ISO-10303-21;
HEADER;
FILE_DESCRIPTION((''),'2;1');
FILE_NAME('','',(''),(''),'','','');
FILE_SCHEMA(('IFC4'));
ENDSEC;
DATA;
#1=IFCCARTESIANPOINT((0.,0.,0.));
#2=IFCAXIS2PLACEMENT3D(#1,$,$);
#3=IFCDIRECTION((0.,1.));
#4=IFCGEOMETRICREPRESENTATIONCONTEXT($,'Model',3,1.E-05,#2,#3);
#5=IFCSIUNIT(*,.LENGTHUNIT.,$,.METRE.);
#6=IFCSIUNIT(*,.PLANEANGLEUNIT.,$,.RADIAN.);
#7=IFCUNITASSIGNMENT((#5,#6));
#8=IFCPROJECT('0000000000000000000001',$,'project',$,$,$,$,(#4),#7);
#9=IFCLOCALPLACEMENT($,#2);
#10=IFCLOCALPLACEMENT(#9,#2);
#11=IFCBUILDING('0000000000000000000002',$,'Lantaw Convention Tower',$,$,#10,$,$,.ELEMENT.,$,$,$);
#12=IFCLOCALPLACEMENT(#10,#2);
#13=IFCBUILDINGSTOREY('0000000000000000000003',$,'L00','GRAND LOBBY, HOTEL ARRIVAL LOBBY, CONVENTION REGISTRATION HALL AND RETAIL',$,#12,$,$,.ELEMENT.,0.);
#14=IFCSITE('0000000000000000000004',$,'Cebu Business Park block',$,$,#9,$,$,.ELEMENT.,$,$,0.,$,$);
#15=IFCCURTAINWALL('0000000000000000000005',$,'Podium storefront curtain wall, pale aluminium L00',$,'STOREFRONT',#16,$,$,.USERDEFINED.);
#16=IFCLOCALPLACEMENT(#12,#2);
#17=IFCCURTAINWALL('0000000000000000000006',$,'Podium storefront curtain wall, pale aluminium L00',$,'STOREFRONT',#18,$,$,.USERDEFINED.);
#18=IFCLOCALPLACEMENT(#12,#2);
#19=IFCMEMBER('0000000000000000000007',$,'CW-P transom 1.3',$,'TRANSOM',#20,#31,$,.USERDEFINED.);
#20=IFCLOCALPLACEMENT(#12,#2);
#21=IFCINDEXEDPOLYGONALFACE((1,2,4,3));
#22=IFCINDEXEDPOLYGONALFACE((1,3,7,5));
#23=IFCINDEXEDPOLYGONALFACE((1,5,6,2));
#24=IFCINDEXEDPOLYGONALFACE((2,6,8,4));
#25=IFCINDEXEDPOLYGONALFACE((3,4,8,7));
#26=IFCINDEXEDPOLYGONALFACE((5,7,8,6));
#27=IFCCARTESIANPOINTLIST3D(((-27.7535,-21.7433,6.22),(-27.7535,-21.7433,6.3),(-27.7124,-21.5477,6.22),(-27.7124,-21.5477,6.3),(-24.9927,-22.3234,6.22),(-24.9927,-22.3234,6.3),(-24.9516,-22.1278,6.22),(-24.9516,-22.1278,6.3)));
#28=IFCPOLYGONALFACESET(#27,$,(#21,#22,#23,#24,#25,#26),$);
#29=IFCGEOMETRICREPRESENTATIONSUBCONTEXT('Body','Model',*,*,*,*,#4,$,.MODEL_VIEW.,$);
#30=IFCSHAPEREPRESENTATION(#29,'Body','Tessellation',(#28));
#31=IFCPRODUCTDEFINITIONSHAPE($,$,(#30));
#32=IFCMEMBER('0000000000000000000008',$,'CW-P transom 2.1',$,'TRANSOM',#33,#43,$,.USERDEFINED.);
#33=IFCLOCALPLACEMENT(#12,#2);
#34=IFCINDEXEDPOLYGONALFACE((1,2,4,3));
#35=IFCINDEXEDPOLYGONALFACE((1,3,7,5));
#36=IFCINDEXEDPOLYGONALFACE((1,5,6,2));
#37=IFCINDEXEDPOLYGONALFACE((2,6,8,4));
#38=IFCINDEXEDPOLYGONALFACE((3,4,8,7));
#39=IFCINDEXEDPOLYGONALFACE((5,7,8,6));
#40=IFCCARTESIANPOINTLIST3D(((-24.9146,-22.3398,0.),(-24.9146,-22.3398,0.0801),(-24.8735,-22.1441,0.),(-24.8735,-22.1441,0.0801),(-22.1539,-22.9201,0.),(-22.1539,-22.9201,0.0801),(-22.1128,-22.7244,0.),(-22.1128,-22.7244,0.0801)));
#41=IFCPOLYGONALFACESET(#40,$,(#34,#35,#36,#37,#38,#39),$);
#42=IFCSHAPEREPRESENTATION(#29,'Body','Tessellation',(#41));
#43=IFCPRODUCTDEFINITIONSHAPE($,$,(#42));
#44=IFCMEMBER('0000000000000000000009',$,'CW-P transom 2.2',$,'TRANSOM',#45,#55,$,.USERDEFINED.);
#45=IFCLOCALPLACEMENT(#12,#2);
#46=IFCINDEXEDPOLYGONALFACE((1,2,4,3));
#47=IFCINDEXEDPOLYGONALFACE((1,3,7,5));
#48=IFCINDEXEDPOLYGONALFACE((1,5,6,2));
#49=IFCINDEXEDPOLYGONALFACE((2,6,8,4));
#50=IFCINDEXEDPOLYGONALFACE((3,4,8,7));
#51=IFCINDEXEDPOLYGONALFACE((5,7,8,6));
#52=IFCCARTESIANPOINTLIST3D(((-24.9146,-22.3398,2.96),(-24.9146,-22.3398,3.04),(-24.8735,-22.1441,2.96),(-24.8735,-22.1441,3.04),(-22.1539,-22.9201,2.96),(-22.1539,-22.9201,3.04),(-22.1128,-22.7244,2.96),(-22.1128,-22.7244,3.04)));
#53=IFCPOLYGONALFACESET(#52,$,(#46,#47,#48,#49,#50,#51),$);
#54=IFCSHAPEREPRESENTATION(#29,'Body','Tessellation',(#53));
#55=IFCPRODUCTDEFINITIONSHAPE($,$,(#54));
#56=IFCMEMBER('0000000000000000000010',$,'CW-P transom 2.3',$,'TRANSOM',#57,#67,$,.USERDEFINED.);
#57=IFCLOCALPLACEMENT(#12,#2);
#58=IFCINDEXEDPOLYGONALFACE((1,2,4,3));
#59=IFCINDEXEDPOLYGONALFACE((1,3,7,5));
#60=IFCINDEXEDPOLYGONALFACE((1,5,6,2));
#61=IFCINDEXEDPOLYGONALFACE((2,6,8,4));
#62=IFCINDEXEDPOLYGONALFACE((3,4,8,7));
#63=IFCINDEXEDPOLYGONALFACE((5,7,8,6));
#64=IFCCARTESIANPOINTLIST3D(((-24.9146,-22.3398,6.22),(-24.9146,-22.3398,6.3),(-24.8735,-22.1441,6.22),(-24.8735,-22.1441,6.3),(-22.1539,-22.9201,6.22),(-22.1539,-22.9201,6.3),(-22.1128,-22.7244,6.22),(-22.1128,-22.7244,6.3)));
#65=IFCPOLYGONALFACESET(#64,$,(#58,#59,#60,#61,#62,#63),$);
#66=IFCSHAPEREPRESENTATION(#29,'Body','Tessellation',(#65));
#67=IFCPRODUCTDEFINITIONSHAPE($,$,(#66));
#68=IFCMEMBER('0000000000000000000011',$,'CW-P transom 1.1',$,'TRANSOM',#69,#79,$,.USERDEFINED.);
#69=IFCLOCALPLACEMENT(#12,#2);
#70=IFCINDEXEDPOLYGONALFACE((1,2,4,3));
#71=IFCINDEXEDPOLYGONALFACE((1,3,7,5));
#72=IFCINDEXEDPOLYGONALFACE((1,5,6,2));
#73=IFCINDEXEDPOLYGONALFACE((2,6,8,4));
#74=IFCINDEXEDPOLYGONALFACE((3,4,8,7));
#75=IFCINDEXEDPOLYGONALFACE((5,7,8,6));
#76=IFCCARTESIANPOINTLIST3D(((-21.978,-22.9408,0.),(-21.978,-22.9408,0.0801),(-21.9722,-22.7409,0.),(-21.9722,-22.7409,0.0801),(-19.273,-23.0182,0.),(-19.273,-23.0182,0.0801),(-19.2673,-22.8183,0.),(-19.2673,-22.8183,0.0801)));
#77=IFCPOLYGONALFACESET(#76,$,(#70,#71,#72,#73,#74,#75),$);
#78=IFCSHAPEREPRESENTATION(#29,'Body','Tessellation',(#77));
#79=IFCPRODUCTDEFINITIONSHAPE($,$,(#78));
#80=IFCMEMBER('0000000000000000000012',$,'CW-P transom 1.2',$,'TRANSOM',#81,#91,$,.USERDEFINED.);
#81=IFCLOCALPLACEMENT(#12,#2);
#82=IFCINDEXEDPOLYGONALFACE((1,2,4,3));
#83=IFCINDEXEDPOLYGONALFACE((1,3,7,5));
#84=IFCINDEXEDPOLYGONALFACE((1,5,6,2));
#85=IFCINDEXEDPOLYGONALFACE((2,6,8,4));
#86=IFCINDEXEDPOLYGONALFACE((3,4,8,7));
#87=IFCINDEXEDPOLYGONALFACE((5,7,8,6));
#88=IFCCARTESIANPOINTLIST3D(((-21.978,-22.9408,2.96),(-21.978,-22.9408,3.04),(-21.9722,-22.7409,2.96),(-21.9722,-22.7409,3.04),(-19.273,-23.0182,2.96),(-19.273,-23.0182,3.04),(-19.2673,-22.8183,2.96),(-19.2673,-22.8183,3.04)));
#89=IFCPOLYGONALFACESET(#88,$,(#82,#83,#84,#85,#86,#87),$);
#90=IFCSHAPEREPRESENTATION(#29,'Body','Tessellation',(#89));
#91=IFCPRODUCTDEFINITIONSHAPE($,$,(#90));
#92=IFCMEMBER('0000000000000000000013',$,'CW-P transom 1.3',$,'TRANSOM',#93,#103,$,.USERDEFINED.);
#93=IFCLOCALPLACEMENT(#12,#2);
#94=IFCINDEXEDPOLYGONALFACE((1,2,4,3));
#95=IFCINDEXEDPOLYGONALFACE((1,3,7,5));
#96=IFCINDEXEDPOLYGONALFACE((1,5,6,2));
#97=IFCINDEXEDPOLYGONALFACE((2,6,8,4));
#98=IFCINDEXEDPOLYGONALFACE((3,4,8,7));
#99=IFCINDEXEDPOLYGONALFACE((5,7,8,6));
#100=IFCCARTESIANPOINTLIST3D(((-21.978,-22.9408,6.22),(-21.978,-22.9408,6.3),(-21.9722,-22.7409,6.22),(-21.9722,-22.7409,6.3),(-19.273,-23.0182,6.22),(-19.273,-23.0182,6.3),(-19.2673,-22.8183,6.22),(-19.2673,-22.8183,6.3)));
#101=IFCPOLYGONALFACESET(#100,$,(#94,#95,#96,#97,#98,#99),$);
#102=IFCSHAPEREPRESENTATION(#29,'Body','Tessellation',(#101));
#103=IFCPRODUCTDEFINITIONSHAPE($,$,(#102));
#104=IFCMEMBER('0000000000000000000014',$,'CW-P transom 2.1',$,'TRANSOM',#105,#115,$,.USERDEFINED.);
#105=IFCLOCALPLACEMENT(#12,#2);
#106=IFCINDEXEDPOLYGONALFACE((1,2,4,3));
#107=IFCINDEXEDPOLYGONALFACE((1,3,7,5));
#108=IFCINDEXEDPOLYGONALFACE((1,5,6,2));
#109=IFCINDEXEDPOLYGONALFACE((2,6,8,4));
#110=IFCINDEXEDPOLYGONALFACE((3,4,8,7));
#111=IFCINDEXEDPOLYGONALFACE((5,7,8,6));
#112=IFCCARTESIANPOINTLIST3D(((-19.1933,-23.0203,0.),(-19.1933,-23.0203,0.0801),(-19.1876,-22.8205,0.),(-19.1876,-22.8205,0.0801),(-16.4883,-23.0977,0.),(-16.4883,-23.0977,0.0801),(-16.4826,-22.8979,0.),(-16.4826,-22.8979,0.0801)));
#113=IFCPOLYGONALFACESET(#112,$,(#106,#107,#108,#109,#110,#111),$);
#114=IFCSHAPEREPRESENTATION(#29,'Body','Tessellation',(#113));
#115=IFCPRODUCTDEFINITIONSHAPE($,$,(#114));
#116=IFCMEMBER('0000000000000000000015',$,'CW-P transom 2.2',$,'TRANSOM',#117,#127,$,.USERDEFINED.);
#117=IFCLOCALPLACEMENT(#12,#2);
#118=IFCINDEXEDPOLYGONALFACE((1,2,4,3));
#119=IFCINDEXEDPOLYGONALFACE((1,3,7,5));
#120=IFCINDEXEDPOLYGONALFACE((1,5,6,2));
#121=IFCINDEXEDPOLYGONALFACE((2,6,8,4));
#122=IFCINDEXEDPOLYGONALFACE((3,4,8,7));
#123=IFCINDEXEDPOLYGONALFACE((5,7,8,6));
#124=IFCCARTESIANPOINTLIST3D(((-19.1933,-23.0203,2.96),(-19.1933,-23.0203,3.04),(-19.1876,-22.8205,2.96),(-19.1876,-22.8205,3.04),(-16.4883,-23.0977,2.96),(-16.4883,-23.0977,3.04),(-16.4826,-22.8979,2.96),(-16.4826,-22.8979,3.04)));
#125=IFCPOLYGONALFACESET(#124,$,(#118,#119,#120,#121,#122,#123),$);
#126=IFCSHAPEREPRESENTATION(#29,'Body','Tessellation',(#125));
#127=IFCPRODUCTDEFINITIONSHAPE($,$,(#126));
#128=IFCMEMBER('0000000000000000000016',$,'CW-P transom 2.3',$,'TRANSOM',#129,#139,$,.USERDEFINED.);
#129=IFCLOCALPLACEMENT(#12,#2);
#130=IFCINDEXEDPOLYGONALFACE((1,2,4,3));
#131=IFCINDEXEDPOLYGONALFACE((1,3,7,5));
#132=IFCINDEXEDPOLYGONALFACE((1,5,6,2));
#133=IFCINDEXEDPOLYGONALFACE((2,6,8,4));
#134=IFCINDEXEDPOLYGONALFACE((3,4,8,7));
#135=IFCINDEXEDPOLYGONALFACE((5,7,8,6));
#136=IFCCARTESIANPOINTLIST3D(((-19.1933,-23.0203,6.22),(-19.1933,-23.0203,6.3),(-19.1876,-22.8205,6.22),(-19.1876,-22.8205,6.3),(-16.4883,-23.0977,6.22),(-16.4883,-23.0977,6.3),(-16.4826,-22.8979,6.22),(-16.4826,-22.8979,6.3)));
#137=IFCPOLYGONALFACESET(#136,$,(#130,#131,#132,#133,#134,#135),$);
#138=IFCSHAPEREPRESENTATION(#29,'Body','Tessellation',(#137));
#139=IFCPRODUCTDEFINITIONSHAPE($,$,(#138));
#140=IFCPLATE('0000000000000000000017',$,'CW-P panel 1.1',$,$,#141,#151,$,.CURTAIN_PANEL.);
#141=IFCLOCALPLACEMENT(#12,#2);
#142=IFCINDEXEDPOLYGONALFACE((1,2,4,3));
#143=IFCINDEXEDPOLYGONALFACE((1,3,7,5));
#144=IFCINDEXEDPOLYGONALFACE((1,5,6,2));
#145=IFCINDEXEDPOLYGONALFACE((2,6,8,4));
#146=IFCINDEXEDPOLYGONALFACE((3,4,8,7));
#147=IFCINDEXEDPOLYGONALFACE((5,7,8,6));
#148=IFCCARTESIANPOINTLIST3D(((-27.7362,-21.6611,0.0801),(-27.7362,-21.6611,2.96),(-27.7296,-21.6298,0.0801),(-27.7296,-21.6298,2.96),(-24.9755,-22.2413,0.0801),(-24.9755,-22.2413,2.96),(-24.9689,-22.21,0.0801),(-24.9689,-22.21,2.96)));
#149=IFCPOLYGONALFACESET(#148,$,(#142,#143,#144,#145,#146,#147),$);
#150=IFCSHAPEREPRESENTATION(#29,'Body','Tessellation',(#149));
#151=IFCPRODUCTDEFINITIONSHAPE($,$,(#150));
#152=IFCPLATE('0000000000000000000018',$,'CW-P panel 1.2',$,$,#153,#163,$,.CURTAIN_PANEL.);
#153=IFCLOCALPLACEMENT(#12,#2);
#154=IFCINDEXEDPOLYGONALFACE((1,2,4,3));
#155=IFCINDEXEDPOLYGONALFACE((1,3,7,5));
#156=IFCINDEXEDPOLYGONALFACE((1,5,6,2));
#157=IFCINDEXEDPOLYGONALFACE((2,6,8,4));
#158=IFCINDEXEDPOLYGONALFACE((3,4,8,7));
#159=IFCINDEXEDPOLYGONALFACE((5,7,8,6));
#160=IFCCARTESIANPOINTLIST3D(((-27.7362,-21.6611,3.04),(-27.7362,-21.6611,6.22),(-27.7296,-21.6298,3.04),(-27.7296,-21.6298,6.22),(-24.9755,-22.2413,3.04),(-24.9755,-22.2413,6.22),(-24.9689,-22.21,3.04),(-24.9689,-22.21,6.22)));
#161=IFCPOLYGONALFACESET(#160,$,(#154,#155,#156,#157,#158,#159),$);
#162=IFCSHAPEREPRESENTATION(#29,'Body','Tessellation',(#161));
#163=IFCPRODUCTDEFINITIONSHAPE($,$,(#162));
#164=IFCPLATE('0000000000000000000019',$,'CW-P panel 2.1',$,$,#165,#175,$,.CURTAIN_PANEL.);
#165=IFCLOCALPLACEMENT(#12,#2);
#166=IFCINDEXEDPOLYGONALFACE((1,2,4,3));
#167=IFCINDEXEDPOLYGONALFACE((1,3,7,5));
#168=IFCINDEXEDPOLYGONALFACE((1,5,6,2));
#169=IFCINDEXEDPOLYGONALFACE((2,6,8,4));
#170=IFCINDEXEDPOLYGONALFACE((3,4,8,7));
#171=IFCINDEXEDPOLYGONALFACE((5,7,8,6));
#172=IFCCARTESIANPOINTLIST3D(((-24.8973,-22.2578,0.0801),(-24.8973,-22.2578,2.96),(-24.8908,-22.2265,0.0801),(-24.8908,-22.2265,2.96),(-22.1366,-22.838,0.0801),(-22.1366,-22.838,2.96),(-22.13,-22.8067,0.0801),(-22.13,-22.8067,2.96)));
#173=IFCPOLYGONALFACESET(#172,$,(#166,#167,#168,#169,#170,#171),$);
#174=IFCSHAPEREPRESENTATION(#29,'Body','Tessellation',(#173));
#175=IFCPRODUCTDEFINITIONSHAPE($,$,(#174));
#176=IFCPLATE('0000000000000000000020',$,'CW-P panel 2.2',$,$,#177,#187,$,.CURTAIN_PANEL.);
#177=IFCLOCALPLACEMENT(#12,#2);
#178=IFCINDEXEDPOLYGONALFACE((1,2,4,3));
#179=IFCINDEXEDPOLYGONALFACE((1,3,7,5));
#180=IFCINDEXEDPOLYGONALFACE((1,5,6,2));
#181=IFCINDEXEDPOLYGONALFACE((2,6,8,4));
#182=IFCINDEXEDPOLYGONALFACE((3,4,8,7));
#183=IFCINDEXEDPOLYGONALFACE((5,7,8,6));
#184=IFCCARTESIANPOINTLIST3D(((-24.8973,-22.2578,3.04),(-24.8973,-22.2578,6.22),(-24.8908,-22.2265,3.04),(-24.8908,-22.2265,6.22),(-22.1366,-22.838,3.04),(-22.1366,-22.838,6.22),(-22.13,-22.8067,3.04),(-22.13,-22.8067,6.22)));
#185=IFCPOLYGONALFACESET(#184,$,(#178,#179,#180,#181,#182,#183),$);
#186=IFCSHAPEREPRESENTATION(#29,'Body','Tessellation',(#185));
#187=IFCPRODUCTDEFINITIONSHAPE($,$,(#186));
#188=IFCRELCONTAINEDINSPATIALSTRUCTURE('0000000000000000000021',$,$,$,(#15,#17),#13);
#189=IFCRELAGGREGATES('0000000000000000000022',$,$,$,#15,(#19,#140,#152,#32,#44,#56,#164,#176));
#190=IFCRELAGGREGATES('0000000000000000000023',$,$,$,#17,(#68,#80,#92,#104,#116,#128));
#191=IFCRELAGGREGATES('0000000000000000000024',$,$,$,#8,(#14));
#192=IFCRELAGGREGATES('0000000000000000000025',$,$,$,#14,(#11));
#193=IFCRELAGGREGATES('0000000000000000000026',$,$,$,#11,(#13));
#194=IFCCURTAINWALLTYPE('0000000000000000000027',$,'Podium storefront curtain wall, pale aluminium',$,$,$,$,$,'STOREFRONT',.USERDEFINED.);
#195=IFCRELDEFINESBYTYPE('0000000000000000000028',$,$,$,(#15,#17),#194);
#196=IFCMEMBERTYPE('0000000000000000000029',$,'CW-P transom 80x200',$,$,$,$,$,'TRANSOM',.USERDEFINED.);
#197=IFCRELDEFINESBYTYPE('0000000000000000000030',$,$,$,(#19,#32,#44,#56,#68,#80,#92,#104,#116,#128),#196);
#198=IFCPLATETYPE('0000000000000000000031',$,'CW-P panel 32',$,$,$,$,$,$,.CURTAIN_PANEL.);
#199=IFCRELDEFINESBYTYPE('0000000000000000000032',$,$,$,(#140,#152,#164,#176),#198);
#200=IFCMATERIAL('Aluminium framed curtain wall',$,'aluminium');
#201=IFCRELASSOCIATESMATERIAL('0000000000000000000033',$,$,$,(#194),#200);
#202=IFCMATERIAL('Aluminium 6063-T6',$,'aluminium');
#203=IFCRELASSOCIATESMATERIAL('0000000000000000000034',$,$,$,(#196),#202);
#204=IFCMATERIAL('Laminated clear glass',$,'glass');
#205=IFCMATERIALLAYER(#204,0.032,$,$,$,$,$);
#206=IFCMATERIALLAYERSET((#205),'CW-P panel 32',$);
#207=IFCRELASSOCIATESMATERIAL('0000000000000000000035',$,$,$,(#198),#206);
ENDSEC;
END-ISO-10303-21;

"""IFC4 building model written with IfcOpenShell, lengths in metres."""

from ifc_helpers import new_model, si_unit, direction, frame, origin, origin_2d, place, context, subcontext, project, spatial, rectangle, extrude, material, layer, layer_set, material_profile, profile_set, type_object, element, aggregate, save


model = new_model("IFC4")

# Units and contexts
model_context = context("Model", 3, precision=1e-05, world=origin(), true_north=direction((0.0, 1.0)))
body_context = subcontext(model_context, "Body", "Model", "MODEL_VIEW")
ifc_project = project(units=[si_unit("LENGTHUNIT", "METRE"), si_unit("PLANEANGLEUNIT", "RADIAN")], contexts=[model_context])

# Site, building, storey
site_placement = place(None, origin())
site = spatial("IfcSite", under=ifc_project, at=site_placement, Name="Cebu Business Park block", CompositionType="ELEMENT", RefElevation=0.0)
building_placement = place(site_placement, origin())
building = spatial("IfcBuilding", under=site, at=building_placement, Name="Lantaw Convention Tower", CompositionType="ELEMENT")
storey_placement = place(building_placement, origin())
storey = spatial("IfcBuildingStorey", under=building, at=storey_placement, Name="L00", Description="GRAND LOBBY, HOTEL ARRIVAL LOBBY, CONVENTION REGISTRATION HALL AND RETAIL", CompositionType="ELEMENT", Elevation=0.0)

# Shared definitions
ifc_material_1 = material(Name="Aluminium framed curtain wall", Category="aluminium")
curtain_wall_type = type_object("IfcCurtainWallType", Name="Podium storefront curtain wall, pale aluminium", ElementType="STOREFRONT", PredefinedType="USERDEFINED", material=ifc_material_1)
ifc_material_2 = material(Name="Aluminium 6063-T6", Category="aluminium")

# Curtain walls
curtain_wall_1_placement = place(storey_placement, origin())
curtain_wall_1 = element("IfcCurtainWall", 1, at=curtain_wall_1_placement, inside=storey, type_object=curtain_wall_type, Name="Podium storefront curtain wall, pale aluminium L00", ObjectType="STOREFRONT", PredefinedType="USERDEFINED")
curtain_wall_2_placement = place(storey_placement, origin())
curtain_wall_2 = element("IfcCurtainWall", 2, at=curtain_wall_2_placement, inside=storey, type_object=curtain_wall_type, Name="Podium storefront curtain wall, pale aluminium L00", ObjectType="STOREFRONT", PredefinedType="USERDEFINED")

# Members
ifc_material_profile_1 = material_profile(ifc_material_2, rectangle(XDim=0.2, YDim=0.0801, at=origin_2d()), Name="CW-P transom 80x200")
ifc_profile_set_1 = profile_set([ifc_material_profile_1], Name="Aluminium 6063-T6")
member_type_1 = type_object("IfcMemberType", Name="CW-P transom 80x200", ElementType="TRANSOM", PredefinedType="USERDEFINED", material=ifc_profile_set_1)
member_1_placement = place(storey_placement, frame((-27.7329, -21.6455, 6.26), z_axis=(0.978631, -0.205627, 0.0), x_axis=(0.205627, 0.978631, 0.0)))
member_1 = element("IfcMember", 3, at=member_1_placement, type_object=member_type_1, Name="CW-P transom 1.3", ObjectType="TRANSOM", PredefinedType="USERDEFINED", context=body_context, shape_type="SweptSolid", body=[
    extrude(rectangle(XDim=0.2, YDim=0.0801, at=origin_2d()), origin(), (0.0, 0.0, 1.0), 2.821),
])
member_2_placement = place(storey_placement, frame((-24.894, -22.2419, 0.04), z_axis=(0.978613, -0.20571, 0.0), x_axis=(0.20571, 0.978613, 0.0)))
member_2 = element("IfcMember", 4, at=member_2_placement, type_object=member_type_1, Name="CW-P transom 2.1", ObjectType="TRANSOM", PredefinedType="USERDEFINED", context=body_context, shape_type="SweptSolid", body=[
    extrude(rectangle(XDim=0.2, YDim=0.0801, at=origin_2d()), origin(), (0.0, 0.0, 1.0), 2.821),
])
member_3_placement = place(storey_placement, frame((-24.894, -22.2419, 3.0), z_axis=(0.978613, -0.20571, 0.0), x_axis=(0.20571, 0.978613, 0.0)))
member_3 = element("IfcMember", 5, at=member_3_placement, type_object=member_type_1, Name="CW-P transom 2.2", ObjectType="TRANSOM", PredefinedType="USERDEFINED", context=body_context, shape_type="SweptSolid", body=[
    extrude(rectangle(XDim=0.2, YDim=0.0801, at=origin_2d()), origin(), (0.0, 0.0, 1.0), 2.821),
])
member_4_placement = place(storey_placement, frame((-24.894, -22.2419, 6.26), z_axis=(0.978613, -0.20571, 0.0), x_axis=(0.20571, 0.978613, 0.0)))
member_4 = element("IfcMember", 6, at=member_4_placement, type_object=member_type_1, Name="CW-P transom 2.3", ObjectType="TRANSOM", PredefinedType="USERDEFINED", context=body_context, shape_type="SweptSolid", body=[
    extrude(rectangle(XDim=0.2, YDim=0.0801, at=origin_2d()), origin(), (0.0, 0.0, 1.0), 2.821),
])
member_5_placement = place(storey_placement, frame((-21.9751, -22.8408, 0.04), z_axis=(0.999591, -0.028601, 0.0), x_axis=(0.028601, 0.999591, 0.0)))
member_5 = element("IfcMember", 7, at=member_5_placement, type_object=member_type_1, Name="CW-P transom 1.1", ObjectType="TRANSOM", PredefinedType="USERDEFINED", context=body_context, shape_type="SweptSolid", body=[
    extrude(rectangle(XDim=0.2, YDim=0.0801, at=origin_2d()), origin(), (0.0, 0.0, 1.0), 2.7061),
])
member_6_placement = place(storey_placement, frame((-21.9751, -22.8408, 3.0), z_axis=(0.999591, -0.028601, 0.0), x_axis=(0.028601, 0.999591, 0.0)))
member_6 = element("IfcMember", 8, at=member_6_placement, type_object=member_type_1, Name="CW-P transom 1.2", ObjectType="TRANSOM", PredefinedType="USERDEFINED", context=body_context, shape_type="SweptSolid", body=[
    extrude(rectangle(XDim=0.2, YDim=0.0801, at=origin_2d()), origin(), (0.0, 0.0, 1.0), 2.7061),
])
member_7_placement = place(storey_placement, frame((-21.9751, -22.8408, 6.26), z_axis=(0.999591, -0.028601, 0.0), x_axis=(0.028601, 0.999591, 0.0)))
member_7 = element("IfcMember", 9, at=member_7_placement, type_object=member_type_1, Name="CW-P transom 1.3", ObjectType="TRANSOM", PredefinedType="USERDEFINED", context=body_context, shape_type="SweptSolid", body=[
    extrude(rectangle(XDim=0.2, YDim=0.0801, at=origin_2d()), origin(), (0.0, 0.0, 1.0), 2.7061),
])
member_8_placement = place(storey_placement, frame((-19.1904, -22.9204, 0.04), z_axis=(0.999591, -0.028601, 0.0), x_axis=(0.028601, 0.999591, 0.0)))
member_8 = element("IfcMember", 10, at=member_8_placement, type_object=member_type_1, Name="CW-P transom 2.1", ObjectType="TRANSOM", PredefinedType="USERDEFINED", context=body_context, shape_type="SweptSolid", body=[
    extrude(rectangle(XDim=0.2, YDim=0.0801, at=origin_2d()), origin(), (0.0, 0.0, 1.0), 2.7061),
])
member_9_placement = place(storey_placement, frame((-19.1904, -22.9204, 3.0), z_axis=(0.999591, -0.028601, 0.0), x_axis=(0.028601, 0.999591, 0.0)))
member_9 = element("IfcMember", 11, at=member_9_placement, type_object=member_type_1, Name="CW-P transom 2.2", ObjectType="TRANSOM", PredefinedType="USERDEFINED", context=body_context, shape_type="SweptSolid", body=[
    extrude(rectangle(XDim=0.2, YDim=0.0801, at=origin_2d()), origin(), (0.0, 0.0, 1.0), 2.7061),
])
member_10_placement = place(storey_placement, frame((-19.1904, -22.9204, 6.26), z_axis=(0.999591, -0.028601, 0.0), x_axis=(0.028601, 0.999591, 0.0)))
member_10 = element("IfcMember", 12, at=member_10_placement, type_object=member_type_1, Name="CW-P transom 2.3", ObjectType="TRANSOM", PredefinedType="USERDEFINED", context=body_context, shape_type="SweptSolid", body=[
    extrude(rectangle(XDim=0.2, YDim=0.0801, at=origin_2d()), origin(), (0.0, 0.0, 1.0), 2.7061),
])

# Plates
ifc_material_3 = material(Name="Laminated clear glass", Category="glass")
ifc_layer = layer(ifc_material_3, 0.032)
ifc_layer_set = layer_set([ifc_layer], Name="CW-P panel 32")
plate_type = type_object("IfcPlateType", Name="CW-P panel 32", PredefinedType="CURTAIN_PANEL", material=ifc_layer_set)
plate_1_placement = place(storey_placement, frame((-26.3525, -21.9355, 0.0801), z_axis=(0.0, 0.0, 1.0), x_axis=(0.978626, -0.20565, 0.0)))
plate_1 = element("IfcPlate", 13, at=plate_1_placement, type_object=plate_type, Name="CW-P panel 1.1", PredefinedType="CURTAIN_PANEL", context=body_context, shape_type="SweptSolid", body=[
    extrude(rectangle(XDim=2.821, YDim=0.032, at=origin_2d()), origin(), (0.0, 0.0, 1.0), 2.8799),
])
plate_2_placement = place(storey_placement, frame((-26.3525, -21.9355, 3.04), z_axis=(0.0, 0.0, 1.0), x_axis=(0.978626, -0.20565, 0.0)))
plate_2 = element("IfcPlate", 14, at=plate_2_placement, type_object=plate_type, Name="CW-P panel 1.2", PredefinedType="CURTAIN_PANEL", context=body_context, shape_type="SweptSolid", body=[
    extrude(rectangle(XDim=2.821, YDim=0.032, at=origin_2d()), origin(), (0.0, 0.0, 1.0), 3.1799),
])
plate_3_placement = place(storey_placement, frame((-23.5137, -22.5322, 0.0801), z_axis=(0.0, 0.0, 1.0), x_axis=(0.978626, -0.20565, 0.0)))
plate_3 = element("IfcPlate", 15, at=plate_3_placement, type_object=plate_type, Name="CW-P panel 2.1", PredefinedType="CURTAIN_PANEL", context=body_context, shape_type="SweptSolid", body=[
    extrude(rectangle(XDim=2.821, YDim=0.032, at=origin_2d()), origin(), (0.0, 0.0, 1.0), 2.8799),
])
plate_4_placement = place(storey_placement, frame((-23.5137, -22.5322, 3.04), z_axis=(0.0, 0.0, 1.0), x_axis=(0.978626, -0.20565, 0.0)))
plate_4 = element("IfcPlate", 16, at=plate_4_placement, type_object=plate_type, Name="CW-P panel 2.2", PredefinedType="CURTAIN_PANEL", context=body_context, shape_type="SweptSolid", body=[
    extrude(rectangle(XDim=2.821, YDim=0.032, at=origin_2d()), origin(), (0.0, 0.0, 1.0), 3.1799),
])
aggregate(curtain_wall_1, [member_1, plate_1, plate_2, member_2, member_3, member_4, plate_3, plate_4])
aggregate(curtain_wall_2, [member_5, member_6, member_7, member_8, member_9, member_10])

save(model, "model.ifc")
